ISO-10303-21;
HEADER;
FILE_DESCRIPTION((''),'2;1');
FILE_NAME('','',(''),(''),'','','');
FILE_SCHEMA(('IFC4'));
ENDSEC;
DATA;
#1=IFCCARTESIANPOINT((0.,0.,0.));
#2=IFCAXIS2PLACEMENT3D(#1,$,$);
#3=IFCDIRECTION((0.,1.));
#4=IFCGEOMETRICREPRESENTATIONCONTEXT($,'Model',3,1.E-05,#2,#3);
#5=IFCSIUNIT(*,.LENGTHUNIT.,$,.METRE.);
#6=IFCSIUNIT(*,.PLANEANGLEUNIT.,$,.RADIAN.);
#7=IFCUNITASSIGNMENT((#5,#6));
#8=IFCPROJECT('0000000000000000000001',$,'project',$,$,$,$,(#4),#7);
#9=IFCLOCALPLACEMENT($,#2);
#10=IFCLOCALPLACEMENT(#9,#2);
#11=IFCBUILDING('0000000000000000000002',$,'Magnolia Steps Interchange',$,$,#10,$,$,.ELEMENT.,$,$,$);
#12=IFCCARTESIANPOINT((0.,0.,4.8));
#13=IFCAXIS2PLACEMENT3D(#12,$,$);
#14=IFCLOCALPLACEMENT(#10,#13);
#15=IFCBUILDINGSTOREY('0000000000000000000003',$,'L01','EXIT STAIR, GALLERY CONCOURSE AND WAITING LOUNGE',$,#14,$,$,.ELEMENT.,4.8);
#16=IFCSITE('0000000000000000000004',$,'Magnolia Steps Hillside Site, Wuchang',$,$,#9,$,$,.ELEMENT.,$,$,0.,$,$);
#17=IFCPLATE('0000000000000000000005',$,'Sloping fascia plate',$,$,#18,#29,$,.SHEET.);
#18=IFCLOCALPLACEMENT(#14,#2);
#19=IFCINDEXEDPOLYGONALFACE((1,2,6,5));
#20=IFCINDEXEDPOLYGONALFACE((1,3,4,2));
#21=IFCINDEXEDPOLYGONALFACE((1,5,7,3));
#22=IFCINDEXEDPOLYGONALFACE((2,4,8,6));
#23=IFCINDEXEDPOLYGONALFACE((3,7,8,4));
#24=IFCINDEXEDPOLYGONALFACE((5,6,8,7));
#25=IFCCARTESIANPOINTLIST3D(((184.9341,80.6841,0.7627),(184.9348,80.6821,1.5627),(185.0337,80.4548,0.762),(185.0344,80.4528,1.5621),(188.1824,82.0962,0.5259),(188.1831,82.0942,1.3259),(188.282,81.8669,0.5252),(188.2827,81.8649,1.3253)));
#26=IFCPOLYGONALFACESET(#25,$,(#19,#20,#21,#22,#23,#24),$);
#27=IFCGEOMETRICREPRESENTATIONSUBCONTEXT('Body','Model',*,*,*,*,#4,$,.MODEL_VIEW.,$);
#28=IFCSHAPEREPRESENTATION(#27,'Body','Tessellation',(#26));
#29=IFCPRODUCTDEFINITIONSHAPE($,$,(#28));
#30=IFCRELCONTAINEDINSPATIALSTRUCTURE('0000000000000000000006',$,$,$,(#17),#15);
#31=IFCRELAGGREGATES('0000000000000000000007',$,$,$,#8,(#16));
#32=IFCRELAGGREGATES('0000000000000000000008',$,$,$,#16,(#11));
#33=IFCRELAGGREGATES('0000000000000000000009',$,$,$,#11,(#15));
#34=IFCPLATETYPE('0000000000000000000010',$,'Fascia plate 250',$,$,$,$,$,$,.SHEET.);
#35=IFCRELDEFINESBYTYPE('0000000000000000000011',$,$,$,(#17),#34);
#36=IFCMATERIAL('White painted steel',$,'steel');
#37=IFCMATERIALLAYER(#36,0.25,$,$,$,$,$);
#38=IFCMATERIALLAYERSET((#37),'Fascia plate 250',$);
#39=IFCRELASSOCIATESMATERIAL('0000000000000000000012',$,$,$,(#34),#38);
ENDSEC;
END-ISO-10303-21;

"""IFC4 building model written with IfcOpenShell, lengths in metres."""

from ifc_helpers import new_model, si_unit, direction, frame, origin, place, context, subcontext, project, spatial, polyline, outline, extrude, material, layer, layer_set, type_object, element, save


model = new_model("IFC4")

# Units and contexts
model_context = context("Model", 3, precision=1e-05, world=origin(), true_north=direction((0.0, 1.0)))
body_context = subcontext(model_context, "Body", "Model", "MODEL_VIEW")
ifc_project = project(units=[si_unit("LENGTHUNIT", "METRE"), si_unit("PLANEANGLEUNIT", "RADIAN")], contexts=[model_context])

# Site, building, storey
site_placement = place(None, origin())
site = spatial("IfcSite", under=ifc_project, at=site_placement, Name="Magnolia Steps Hillside Site, Wuchang", CompositionType="ELEMENT", RefElevation=0.0)
building_placement = place(site_placement, origin())
building = spatial("IfcBuilding", under=site, at=building_placement, Name="Magnolia Steps Interchange", CompositionType="ELEMENT")
storey_placement = place(building_placement, frame((0.0, 0.0, 4.8)))
storey = spatial("IfcBuildingStorey", under=building, at=storey_placement, Name="L01", Description="EXIT STAIR, GALLERY CONCOURSE AND WAITING LOUNGE", CompositionType="ELEMENT", Elevation=4.8)

# Plate
ifc_material_1 = material(Name="White painted steel", Category="steel")
ifc_layer_1 = layer(ifc_material_1, 0.25)
ifc_layer_set_1 = layer_set([ifc_layer_1], Name="Fascia plate 250")
plate_type = type_object("IfcPlateType", Name="Fascia plate 250", PredefinedType="SHEET", material=ifc_layer_set_1)
plate_1_placement = place(storey_placement, frame((188.1824, 82.0962, 0.5259), z_axis=(-0.39852, 0.917156, 0.002604), x_axis=(-0.915047, -0.397793, 0.066711)))
element("IfcPlate", 1, at=plate_1_placement, inside=storey, type_object=plate_type, Name="Sloping fascia plate", PredefinedType="SHEET", context=body_context, shape_type="SweptSolid", body=[
    extrude(outline(polyline([(0.0, 0.0), (3.5499, 0.0), (3.6033, 0.7983), (0.0535, 0.7983), (0.0, 0.0)])), origin(), (0.0, 0.0, -1.0), 0.25),
])

save(model, "model.ifc")
